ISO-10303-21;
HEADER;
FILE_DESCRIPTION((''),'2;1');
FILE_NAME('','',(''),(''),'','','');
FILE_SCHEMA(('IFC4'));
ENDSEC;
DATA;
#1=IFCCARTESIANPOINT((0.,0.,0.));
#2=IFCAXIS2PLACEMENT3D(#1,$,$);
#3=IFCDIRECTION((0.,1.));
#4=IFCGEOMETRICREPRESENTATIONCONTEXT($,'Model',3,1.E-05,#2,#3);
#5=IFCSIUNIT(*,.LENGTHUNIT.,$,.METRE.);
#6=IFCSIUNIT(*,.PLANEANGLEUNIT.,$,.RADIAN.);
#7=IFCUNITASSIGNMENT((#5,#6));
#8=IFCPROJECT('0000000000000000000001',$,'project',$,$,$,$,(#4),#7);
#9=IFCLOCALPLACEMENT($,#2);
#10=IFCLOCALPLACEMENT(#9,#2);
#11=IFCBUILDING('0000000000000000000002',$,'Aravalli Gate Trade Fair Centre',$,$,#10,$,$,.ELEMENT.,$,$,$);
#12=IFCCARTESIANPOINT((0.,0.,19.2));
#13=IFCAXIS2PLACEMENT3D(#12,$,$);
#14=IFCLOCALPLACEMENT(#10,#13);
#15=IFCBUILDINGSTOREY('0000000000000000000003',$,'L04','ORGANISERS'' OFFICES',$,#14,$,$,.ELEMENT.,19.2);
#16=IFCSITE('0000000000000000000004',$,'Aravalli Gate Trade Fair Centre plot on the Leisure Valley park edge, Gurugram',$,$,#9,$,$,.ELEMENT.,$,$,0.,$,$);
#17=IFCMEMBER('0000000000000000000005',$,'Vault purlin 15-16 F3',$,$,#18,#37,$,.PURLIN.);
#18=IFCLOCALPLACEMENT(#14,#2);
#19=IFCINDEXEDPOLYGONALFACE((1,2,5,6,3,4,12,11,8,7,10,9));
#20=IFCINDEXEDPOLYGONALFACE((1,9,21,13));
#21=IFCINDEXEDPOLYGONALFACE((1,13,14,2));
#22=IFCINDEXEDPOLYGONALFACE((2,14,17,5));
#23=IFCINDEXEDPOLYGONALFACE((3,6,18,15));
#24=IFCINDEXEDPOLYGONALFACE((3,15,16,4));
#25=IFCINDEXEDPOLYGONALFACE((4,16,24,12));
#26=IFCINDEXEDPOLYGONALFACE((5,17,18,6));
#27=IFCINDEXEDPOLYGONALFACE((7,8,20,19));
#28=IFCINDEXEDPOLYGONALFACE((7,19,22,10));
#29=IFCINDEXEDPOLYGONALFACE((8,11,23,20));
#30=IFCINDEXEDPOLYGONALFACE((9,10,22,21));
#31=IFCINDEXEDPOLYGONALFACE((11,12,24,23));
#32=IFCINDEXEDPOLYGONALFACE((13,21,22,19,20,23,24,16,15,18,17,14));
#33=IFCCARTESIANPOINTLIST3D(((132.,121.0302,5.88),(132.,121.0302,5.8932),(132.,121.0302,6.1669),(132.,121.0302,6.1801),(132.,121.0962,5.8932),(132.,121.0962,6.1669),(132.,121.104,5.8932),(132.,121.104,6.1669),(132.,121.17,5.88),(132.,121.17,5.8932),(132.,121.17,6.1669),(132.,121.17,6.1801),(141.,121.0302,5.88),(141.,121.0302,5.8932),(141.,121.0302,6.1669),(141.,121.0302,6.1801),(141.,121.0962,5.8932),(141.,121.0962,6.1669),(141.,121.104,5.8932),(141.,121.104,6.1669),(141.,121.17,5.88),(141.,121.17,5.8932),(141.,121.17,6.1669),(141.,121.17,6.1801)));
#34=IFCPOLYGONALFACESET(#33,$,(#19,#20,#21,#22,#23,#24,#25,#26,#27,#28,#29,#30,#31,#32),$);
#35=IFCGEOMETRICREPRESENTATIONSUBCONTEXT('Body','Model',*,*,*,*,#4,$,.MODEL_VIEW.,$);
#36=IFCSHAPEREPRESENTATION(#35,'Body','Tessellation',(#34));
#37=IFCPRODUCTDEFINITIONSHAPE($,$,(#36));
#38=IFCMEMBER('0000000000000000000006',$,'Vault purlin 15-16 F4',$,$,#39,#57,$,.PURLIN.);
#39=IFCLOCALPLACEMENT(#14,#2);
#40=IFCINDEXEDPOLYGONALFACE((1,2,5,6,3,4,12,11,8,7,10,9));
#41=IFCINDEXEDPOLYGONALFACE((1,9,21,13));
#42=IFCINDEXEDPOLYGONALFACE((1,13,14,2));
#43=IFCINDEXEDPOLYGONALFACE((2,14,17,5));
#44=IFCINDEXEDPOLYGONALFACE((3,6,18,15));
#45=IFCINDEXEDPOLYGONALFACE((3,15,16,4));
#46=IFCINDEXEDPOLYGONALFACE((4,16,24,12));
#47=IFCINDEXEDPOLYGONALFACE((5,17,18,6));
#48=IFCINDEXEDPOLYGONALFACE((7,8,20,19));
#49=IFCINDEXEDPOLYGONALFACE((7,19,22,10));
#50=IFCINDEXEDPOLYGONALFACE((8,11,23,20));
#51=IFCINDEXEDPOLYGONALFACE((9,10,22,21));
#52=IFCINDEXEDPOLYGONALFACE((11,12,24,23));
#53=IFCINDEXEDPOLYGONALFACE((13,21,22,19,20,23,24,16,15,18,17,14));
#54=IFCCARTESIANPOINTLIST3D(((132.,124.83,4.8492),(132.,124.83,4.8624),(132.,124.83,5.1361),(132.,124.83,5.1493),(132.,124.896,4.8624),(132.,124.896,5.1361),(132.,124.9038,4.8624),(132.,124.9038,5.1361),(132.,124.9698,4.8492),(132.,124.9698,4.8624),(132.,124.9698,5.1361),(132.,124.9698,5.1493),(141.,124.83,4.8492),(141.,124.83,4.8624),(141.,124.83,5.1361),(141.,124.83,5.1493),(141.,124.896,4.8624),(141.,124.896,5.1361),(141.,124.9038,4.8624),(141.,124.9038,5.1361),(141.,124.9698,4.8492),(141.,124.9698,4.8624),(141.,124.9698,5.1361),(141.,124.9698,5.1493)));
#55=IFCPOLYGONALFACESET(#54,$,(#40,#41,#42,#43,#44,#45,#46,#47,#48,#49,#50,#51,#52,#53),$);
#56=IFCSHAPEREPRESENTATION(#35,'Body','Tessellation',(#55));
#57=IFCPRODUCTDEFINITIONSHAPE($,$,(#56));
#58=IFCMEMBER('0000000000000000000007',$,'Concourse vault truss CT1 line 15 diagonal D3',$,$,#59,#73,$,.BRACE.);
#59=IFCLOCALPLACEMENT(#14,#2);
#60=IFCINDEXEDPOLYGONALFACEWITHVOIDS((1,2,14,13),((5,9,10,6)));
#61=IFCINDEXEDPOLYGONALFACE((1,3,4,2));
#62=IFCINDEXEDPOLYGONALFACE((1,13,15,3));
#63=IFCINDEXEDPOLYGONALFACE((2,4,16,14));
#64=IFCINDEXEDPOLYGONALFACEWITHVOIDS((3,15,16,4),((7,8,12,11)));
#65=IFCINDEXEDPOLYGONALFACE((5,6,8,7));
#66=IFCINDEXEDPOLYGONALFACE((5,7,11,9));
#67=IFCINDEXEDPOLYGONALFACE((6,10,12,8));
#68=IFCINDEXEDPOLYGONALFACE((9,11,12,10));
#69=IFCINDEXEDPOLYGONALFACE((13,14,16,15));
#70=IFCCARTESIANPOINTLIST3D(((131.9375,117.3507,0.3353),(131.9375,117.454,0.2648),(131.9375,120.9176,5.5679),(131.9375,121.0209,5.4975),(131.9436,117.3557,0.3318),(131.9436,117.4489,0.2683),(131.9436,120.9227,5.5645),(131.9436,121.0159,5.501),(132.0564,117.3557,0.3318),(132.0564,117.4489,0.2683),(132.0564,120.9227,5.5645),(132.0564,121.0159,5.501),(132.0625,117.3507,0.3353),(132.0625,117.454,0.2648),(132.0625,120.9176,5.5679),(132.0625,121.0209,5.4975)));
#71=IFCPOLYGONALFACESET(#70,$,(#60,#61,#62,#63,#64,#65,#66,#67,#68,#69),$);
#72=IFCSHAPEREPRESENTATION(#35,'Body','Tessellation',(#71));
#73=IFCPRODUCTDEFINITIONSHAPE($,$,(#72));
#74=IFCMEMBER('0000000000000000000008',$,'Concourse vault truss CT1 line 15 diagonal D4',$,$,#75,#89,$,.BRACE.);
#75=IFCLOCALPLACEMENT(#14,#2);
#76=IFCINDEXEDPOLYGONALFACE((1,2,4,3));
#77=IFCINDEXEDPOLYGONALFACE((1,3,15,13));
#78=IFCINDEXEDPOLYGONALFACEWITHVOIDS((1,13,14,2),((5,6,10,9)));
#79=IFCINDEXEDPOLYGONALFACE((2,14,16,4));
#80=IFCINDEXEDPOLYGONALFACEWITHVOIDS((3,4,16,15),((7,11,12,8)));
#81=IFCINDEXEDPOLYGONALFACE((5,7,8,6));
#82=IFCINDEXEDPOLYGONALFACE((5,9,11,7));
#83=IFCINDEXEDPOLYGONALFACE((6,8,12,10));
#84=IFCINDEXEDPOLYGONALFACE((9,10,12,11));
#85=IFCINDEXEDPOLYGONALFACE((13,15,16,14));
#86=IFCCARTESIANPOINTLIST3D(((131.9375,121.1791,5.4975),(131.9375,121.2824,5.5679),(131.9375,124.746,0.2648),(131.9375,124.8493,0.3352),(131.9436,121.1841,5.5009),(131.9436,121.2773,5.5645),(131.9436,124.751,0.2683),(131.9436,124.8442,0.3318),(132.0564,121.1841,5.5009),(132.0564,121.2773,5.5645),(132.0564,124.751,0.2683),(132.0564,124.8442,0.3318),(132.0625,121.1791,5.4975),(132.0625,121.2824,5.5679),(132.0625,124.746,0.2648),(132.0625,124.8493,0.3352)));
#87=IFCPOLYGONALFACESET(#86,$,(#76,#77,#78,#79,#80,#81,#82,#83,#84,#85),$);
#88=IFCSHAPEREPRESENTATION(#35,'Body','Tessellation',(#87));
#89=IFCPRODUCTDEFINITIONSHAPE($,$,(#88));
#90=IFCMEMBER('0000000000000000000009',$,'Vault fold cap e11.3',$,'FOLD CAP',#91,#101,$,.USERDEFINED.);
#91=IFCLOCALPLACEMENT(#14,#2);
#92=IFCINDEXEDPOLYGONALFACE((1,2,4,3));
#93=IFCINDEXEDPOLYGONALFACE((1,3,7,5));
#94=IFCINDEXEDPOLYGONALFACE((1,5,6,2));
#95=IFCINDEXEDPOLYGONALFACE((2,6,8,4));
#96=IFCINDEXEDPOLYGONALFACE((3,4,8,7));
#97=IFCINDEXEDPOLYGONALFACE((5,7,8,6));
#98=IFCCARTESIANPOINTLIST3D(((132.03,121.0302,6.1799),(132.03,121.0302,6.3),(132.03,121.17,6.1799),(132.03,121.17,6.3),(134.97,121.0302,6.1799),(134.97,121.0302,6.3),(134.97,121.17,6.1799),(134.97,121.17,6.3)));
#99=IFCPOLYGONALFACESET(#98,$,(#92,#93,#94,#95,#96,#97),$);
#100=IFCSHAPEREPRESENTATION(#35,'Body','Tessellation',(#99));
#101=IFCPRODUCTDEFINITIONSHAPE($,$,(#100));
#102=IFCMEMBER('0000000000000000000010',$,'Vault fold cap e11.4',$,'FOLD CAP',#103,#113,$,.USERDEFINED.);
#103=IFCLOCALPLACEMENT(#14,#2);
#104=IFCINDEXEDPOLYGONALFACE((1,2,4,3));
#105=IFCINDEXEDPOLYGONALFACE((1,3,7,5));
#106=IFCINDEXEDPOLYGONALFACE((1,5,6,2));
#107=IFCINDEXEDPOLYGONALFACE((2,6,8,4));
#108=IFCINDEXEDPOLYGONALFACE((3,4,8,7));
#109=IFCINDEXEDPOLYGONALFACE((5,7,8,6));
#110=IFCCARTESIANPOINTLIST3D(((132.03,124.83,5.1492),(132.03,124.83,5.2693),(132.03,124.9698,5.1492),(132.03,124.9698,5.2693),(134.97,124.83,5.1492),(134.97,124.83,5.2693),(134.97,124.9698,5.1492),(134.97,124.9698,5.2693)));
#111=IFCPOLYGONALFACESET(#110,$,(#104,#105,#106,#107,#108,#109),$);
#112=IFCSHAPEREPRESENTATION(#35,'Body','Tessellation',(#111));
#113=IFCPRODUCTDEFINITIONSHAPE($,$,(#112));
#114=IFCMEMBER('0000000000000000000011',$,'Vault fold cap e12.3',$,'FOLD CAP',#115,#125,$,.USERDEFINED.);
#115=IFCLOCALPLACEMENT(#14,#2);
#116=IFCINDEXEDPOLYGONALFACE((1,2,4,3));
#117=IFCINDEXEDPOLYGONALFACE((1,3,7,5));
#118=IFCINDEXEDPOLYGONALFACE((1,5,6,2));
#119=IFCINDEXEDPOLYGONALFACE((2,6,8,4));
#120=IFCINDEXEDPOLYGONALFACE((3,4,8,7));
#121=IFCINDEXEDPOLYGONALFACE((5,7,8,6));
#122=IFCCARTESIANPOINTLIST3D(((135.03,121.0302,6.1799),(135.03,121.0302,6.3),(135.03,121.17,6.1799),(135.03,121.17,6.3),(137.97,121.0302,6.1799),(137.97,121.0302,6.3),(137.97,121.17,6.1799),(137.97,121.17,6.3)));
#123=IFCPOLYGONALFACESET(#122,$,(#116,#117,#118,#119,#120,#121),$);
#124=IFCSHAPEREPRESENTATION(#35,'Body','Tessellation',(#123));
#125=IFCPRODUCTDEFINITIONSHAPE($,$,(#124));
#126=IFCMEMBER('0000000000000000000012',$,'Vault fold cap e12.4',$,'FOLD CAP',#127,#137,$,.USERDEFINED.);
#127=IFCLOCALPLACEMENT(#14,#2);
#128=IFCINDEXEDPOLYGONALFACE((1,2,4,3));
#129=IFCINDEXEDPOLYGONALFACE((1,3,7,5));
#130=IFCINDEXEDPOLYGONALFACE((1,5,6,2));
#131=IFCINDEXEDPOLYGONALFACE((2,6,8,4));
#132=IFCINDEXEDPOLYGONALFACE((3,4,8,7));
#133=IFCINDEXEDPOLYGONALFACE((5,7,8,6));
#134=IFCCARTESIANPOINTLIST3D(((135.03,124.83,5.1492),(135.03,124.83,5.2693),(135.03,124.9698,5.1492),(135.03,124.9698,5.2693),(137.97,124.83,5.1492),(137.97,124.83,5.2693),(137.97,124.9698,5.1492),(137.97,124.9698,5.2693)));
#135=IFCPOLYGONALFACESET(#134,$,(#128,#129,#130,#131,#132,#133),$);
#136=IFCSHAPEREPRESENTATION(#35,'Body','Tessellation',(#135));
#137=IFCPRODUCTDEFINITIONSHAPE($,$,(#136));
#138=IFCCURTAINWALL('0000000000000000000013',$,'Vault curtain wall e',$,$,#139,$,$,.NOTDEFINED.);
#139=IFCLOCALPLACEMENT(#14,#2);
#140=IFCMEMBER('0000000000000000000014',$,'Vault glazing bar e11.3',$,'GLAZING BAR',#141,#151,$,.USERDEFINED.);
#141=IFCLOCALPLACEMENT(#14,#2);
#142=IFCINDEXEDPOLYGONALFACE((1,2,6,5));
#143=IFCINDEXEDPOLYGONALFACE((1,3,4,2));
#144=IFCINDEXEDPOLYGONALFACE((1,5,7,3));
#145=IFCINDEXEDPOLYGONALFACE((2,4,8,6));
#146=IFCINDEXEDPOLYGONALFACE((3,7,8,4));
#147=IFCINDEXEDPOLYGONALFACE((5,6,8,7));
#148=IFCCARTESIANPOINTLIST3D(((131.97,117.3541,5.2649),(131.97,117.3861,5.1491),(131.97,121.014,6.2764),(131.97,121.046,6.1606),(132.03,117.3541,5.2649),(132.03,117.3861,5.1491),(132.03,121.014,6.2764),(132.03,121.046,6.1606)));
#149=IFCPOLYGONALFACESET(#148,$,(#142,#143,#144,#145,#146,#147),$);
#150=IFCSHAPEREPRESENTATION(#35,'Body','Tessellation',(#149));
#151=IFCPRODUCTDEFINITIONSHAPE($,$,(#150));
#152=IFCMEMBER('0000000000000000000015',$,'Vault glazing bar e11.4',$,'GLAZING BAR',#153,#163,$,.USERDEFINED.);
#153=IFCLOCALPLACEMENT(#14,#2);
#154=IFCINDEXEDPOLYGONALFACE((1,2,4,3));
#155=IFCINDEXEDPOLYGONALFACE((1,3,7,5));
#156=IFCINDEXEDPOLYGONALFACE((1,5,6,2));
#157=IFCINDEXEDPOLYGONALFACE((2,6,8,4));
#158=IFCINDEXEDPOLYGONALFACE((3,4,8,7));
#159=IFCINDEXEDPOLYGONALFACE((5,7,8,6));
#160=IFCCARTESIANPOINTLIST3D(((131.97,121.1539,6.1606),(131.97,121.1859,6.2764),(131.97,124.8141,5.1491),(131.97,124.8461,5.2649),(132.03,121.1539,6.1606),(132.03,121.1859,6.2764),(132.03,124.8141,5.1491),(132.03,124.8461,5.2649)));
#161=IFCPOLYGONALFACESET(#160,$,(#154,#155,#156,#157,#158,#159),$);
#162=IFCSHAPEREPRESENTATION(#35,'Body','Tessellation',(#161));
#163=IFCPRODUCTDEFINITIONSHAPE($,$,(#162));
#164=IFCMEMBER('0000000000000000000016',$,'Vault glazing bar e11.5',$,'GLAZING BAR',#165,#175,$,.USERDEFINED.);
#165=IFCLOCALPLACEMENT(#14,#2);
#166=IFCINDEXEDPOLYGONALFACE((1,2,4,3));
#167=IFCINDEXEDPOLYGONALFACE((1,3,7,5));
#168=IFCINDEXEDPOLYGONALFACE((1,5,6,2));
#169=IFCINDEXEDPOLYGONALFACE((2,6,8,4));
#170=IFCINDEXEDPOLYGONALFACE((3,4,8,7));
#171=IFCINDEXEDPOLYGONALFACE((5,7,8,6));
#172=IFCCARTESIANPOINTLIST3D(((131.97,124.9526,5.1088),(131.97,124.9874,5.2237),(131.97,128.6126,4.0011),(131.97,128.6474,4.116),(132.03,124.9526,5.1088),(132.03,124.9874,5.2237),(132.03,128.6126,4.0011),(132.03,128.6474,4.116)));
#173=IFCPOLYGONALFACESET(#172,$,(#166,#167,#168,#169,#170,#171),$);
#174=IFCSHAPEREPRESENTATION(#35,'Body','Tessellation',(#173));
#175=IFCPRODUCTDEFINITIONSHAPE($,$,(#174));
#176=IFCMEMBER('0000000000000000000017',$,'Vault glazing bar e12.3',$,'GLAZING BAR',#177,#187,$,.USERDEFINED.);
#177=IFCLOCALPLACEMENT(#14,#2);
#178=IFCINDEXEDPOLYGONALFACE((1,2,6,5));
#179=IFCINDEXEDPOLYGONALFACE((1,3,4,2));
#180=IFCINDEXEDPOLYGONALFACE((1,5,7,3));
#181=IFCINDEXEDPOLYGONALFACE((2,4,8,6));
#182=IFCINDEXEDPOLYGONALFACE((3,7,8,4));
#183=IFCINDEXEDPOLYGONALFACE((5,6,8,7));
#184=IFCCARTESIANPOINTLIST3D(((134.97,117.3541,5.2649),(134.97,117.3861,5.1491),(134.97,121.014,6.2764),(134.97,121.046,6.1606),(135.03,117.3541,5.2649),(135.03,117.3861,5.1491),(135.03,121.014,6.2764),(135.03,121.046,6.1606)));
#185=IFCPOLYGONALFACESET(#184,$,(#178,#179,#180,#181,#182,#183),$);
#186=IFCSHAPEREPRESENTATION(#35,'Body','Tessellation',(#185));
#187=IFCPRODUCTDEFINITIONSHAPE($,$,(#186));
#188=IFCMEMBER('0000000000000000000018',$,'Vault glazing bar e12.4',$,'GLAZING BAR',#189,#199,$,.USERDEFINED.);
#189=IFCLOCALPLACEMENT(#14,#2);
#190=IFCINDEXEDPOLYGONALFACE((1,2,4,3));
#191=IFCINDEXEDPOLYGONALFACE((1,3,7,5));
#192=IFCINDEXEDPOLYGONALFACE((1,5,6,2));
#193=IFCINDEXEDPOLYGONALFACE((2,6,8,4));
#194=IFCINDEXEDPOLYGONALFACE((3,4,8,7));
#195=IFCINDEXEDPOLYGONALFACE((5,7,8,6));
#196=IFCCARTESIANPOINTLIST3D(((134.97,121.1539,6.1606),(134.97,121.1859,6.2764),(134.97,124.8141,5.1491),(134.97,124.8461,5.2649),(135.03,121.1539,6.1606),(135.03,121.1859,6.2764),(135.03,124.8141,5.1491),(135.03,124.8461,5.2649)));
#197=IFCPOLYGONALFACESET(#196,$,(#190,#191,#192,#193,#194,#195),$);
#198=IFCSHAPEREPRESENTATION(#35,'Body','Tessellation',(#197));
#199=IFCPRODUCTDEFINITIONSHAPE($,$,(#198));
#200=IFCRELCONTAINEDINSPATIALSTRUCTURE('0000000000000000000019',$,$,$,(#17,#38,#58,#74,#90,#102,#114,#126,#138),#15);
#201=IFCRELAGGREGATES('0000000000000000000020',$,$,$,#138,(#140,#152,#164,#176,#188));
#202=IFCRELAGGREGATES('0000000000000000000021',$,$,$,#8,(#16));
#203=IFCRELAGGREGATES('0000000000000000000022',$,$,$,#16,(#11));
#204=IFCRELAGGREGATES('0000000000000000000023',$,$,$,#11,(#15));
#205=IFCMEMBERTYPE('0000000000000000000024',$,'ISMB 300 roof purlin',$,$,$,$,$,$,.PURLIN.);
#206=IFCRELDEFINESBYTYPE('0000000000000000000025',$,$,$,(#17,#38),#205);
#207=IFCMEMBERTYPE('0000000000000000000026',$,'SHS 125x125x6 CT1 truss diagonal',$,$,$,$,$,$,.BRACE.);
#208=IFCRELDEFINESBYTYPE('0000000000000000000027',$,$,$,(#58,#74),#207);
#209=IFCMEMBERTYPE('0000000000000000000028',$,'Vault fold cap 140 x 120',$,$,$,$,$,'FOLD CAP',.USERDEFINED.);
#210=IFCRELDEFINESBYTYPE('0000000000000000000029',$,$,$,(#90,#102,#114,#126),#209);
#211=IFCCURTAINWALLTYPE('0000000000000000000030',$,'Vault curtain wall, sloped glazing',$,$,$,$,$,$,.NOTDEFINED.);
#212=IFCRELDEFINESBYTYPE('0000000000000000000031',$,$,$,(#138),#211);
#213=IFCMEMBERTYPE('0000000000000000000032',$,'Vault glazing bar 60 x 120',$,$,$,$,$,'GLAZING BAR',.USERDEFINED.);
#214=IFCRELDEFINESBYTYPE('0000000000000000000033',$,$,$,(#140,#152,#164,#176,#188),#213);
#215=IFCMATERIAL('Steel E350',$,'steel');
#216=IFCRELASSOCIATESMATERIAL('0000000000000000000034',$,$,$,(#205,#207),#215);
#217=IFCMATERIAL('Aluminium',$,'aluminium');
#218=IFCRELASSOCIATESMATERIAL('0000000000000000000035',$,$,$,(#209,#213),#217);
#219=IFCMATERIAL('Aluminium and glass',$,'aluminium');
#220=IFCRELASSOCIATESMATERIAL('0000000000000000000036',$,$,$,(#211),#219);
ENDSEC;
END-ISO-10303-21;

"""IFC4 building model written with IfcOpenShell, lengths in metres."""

from ifc_helpers import new_model, si_unit, direction, frame, origin, origin_2d, place, context, subcontext, project, spatial, rectangle, hollow_rectangle, i_section, extrude, material, material_profile, profile_set, type_object, element, aggregate, save


model = new_model("IFC4")

# Units and contexts
model_context = context("Model", 3, precision=1e-05, world=origin(), true_north=direction((0.0, 1.0)))
body_context = subcontext(model_context, "Body", "Model", "MODEL_VIEW")
ifc_project = project(units=[si_unit("LENGTHUNIT", "METRE"), si_unit("PLANEANGLEUNIT", "RADIAN")], contexts=[model_context])

# Site, building, storey
site_placement = place(None, origin())
site = spatial("IfcSite", under=ifc_project, at=site_placement, Name="Aravalli Gate Trade Fair Centre plot on the Leisure Valley park edge, Gurugram", CompositionType="ELEMENT", RefElevation=0.0)
building_placement = place(site_placement, origin())
building = spatial("IfcBuilding", under=site, at=building_placement, Name="Aravalli Gate Trade Fair Centre", CompositionType="ELEMENT")
storey_placement = place(building_placement, frame((0.0, 0.0, 19.2)))
storey = spatial("IfcBuildingStorey", under=building, at=storey_placement, Name="L04", Description="ORGANISERS' OFFICES", CompositionType="ELEMENT", Elevation=19.2)

# Members
ifc_material_1 = material(Name="Steel E350", Category="steel")
ifc_material_profile_1 = material_profile(ifc_material_1, i_section(OverallWidth=0.1399, OverallDepth=0.3, WebThickness=0.0078, FlangeThickness=0.0132, at=origin_2d()), Name="ISMB 300")
ifc_profile_set_1 = profile_set([ifc_material_profile_1], Name="Steel E350")
member_type_1 = type_object("IfcMemberType", Name="ISMB 300 roof purlin", PredefinedType="PURLIN", material=ifc_profile_set_1)
for number, where, z_axis, x_axis, name in (
    (1, (132.0, 121.1001, 6.03), (1.0, 0.0, 0.0), (0.0, 1.0, 0.0), "Vault purlin 15-16 F3"),
    (2, (132.0, 124.8999, 4.9993), (1.0, 0.0, 0.0), (0.0, 1.0, 0.0), "Vault purlin 15-16 F4"),
):
    element("IfcMember", number, at=place(storey_placement, frame(where, z_axis=z_axis, x_axis=x_axis)), inside=storey, type_object=member_type_1, Name=name, PredefinedType="PURLIN", context=body_context, shape_type="SweptSolid", body=[
        extrude(i_section(OverallWidth=0.1399, OverallDepth=0.3, WebThickness=0.0078, FlangeThickness=0.0132, at=origin_2d()), origin(), (0.0, 0.0, 1.0), 9.0),
    ])
ifc_material_profile_2 = material_profile(ifc_material_1, hollow_rectangle(XDim=0.125, YDim=0.125, WallThickness=0.0061, at=origin_2d()), Name="SHS 125x125x6")
ifc_profile_set_2 = profile_set([ifc_material_profile_2], Name="Steel E350")
member_type_2 = type_object("IfcMemberType", Name="SHS 125x125x6 CT1 truss diagonal", PredefinedType="BRACE", material=ifc_profile_set_2)
for number, where, z_axis, x_axis, name in (
    (3, (132.0, 117.4023, 0.3), (0.0, 0.563247, 0.826289), (-1.0, 0.0, 0.0), "Concourse vault truss CT1 line 15 diagonal D3"),
    (4, (132.0, 121.2307, 5.5327), (0.0, 0.563247, -0.826289), (-1.0, 0.0, 0.0), "Concourse vault truss CT1 line 15 diagonal D4"),
):
    element("IfcMember", number, at=place(storey_placement, frame(where, z_axis=z_axis, x_axis=x_axis)), inside=storey, type_object=member_type_2, Name=name, PredefinedType="BRACE", context=body_context, shape_type="SweptSolid", body=[
        extrude(hollow_rectangle(XDim=0.125, YDim=0.125, WallThickness=0.0061, at=origin_2d()), origin(), (0.0, 0.0, 1.0), 6.3328),
    ])
ifc_material_2 = material(Name="Aluminium", Category="aluminium")
ifc_material_profile_3 = material_profile(ifc_material_2, rectangle(XDim=0.1399, YDim=0.1201, at=origin_2d()), Name="Vault fold cap 140 x 120")
ifc_profile_set_3 = profile_set([ifc_material_profile_3], Name="Aluminium")
member_type_3 = type_object("IfcMemberType", Name="Vault fold cap 140 x 120", ElementType="FOLD CAP", PredefinedType="USERDEFINED", material=ifc_profile_set_3)
for number, where, z_axis, x_axis, name in (
    (5, (132.03, 121.1001, 6.24), (1.0, 0.0, 0.0), (0.0, 1.0, 0.0), "Vault fold cap e11.3"),
    (6, (132.03, 124.8999, 5.2092), (1.0, 0.0, 0.0), (0.0, 1.0, 0.0), "Vault fold cap e11.4"),
    (7, (135.03, 121.1001, 6.24), (1.0, 0.0, 0.0), (0.0, 1.0, 0.0), "Vault fold cap e12.3"),
    (8, (135.03, 124.8999, 5.2092), (1.0, 0.0, 0.0), (0.0, 1.0, 0.0), "Vault fold cap e12.4"),
):
    element("IfcMember", number, at=place(storey_placement, frame(where, z_axis=z_axis, x_axis=x_axis)), inside=storey, type_object=member_type_3, Name=name, ObjectType="FOLD CAP", PredefinedType="USERDEFINED", context=body_context, shape_type="SweptSolid", body=[
        extrude(rectangle(XDim=0.1399, YDim=0.1201, at=origin_2d()), origin(), (0.0, 0.0, 1.0), 2.9399),
    ])

# Curtain wall, members
ifc_material_3 = material(Name="Aluminium and glass", Category="aluminium")
curtain_wall_type = type_object("IfcCurtainWallType", Name="Vault curtain wall, sloped glazing", PredefinedType="NOTDEFINED", material=ifc_material_3)
curtain_wall_placement = place(storey_placement, origin())
curtain_wall = element("IfcCurtainWall", 9, at=curtain_wall_placement, inside=storey, type_object=curtain_wall_type, Name="Vault curtain wall e", PredefinedType="NOTDEFINED")
ifc_material_profile_4 = material_profile(ifc_material_2, rectangle(XDim=0.0601, YDim=0.1201, at=origin_2d()), Name="Vault glazing bar 60 x 120")
ifc_profile_set_4 = profile_set([ifc_material_profile_4], Name="Aluminium")
member_type_4 = type_object("IfcMemberType", Name="Vault glazing bar 60 x 120", ElementType="GLAZING BAR", PredefinedType="USERDEFINED", material=ifc_profile_set_4)
member_1_placement = place(storey_placement, frame((132.0, 117.3701, 5.207), z_axis=(0.0, 0.963868, 0.26638), x_axis=(-1.0, 0.0, 0.0)))
member_1 = element("IfcMember", 10, at=member_1_placement, type_object=member_type_4, Name="Vault glazing bar e11.3", ObjectType="GLAZING BAR", PredefinedType="USERDEFINED", context=body_context, shape_type="SweptSolid", body=[
    extrude(rectangle(XDim=0.0601, YDim=0.1201, at=origin_2d()), origin(), (0.0, 0.0, 1.0), 3.7971),
])
member_2_placement = place(storey_placement, frame((132.0, 121.1699, 6.2185), z_axis=(0.0, 0.963873, -0.266364), x_axis=(-1.0, 0.0, 0.0)))
member_2 = element("IfcMember", 11, at=member_2_placement, type_object=member_type_4, Name="Vault glazing bar e11.4", ObjectType="GLAZING BAR", PredefinedType="USERDEFINED", context=body_context, shape_type="SweptSolid", body=[
    extrude(rectangle(XDim=0.0601, YDim=0.1201, at=origin_2d()), origin(), (0.0, 0.0, 1.0), 3.7974),
])
member_3_placement = place(storey_placement, frame((132.0, 124.97, 5.1663), z_axis=(0.0, 0.957126, -0.289672), x_axis=(-1.0, 0.0, 0.0)))
member_3 = element("IfcMember", 12, at=member_3_placement, type_object=member_type_4, Name="Vault glazing bar e11.5", ObjectType="GLAZING BAR", PredefinedType="USERDEFINED", context=body_context, shape_type="SweptSolid", body=[
    extrude(rectangle(XDim=0.0601, YDim=0.1201, at=origin_2d()), origin(), (0.0, 0.0, 1.0), 3.824),
])
member_4_placement = place(storey_placement, frame((135.0, 117.3701, 5.207), z_axis=(0.0, 0.963868, 0.26638), x_axis=(-1.0, 0.0, 0.0)))
member_4 = element("IfcMember", 13, at=member_4_placement, type_object=member_type_4, Name="Vault glazing bar e12.3", ObjectType="GLAZING BAR", PredefinedType="USERDEFINED", context=body_context, shape_type="SweptSolid", body=[
    extrude(rectangle(XDim=0.0601, YDim=0.1201, at=origin_2d()), origin(), (0.0, 0.0, 1.0), 3.7971),
])
member_5_placement = place(storey_placement, frame((135.0, 121.1699, 6.2185), z_axis=(0.0, 0.963873, -0.266364), x_axis=(-1.0, 0.0, 0.0)))
member_5 = element("IfcMember", 14, at=member_5_placement, type_object=member_type_4, Name="Vault glazing bar e12.4", ObjectType="GLAZING BAR", PredefinedType="USERDEFINED", context=body_context, shape_type="SweptSolid", body=[
    extrude(rectangle(XDim=0.0601, YDim=0.1201, at=origin_2d()), origin(), (0.0, 0.0, 1.0), 3.7974),
])
aggregate(curtain_wall, [member_1, member_2, member_3, member_4, member_5])

save(model, "model.ifc")
